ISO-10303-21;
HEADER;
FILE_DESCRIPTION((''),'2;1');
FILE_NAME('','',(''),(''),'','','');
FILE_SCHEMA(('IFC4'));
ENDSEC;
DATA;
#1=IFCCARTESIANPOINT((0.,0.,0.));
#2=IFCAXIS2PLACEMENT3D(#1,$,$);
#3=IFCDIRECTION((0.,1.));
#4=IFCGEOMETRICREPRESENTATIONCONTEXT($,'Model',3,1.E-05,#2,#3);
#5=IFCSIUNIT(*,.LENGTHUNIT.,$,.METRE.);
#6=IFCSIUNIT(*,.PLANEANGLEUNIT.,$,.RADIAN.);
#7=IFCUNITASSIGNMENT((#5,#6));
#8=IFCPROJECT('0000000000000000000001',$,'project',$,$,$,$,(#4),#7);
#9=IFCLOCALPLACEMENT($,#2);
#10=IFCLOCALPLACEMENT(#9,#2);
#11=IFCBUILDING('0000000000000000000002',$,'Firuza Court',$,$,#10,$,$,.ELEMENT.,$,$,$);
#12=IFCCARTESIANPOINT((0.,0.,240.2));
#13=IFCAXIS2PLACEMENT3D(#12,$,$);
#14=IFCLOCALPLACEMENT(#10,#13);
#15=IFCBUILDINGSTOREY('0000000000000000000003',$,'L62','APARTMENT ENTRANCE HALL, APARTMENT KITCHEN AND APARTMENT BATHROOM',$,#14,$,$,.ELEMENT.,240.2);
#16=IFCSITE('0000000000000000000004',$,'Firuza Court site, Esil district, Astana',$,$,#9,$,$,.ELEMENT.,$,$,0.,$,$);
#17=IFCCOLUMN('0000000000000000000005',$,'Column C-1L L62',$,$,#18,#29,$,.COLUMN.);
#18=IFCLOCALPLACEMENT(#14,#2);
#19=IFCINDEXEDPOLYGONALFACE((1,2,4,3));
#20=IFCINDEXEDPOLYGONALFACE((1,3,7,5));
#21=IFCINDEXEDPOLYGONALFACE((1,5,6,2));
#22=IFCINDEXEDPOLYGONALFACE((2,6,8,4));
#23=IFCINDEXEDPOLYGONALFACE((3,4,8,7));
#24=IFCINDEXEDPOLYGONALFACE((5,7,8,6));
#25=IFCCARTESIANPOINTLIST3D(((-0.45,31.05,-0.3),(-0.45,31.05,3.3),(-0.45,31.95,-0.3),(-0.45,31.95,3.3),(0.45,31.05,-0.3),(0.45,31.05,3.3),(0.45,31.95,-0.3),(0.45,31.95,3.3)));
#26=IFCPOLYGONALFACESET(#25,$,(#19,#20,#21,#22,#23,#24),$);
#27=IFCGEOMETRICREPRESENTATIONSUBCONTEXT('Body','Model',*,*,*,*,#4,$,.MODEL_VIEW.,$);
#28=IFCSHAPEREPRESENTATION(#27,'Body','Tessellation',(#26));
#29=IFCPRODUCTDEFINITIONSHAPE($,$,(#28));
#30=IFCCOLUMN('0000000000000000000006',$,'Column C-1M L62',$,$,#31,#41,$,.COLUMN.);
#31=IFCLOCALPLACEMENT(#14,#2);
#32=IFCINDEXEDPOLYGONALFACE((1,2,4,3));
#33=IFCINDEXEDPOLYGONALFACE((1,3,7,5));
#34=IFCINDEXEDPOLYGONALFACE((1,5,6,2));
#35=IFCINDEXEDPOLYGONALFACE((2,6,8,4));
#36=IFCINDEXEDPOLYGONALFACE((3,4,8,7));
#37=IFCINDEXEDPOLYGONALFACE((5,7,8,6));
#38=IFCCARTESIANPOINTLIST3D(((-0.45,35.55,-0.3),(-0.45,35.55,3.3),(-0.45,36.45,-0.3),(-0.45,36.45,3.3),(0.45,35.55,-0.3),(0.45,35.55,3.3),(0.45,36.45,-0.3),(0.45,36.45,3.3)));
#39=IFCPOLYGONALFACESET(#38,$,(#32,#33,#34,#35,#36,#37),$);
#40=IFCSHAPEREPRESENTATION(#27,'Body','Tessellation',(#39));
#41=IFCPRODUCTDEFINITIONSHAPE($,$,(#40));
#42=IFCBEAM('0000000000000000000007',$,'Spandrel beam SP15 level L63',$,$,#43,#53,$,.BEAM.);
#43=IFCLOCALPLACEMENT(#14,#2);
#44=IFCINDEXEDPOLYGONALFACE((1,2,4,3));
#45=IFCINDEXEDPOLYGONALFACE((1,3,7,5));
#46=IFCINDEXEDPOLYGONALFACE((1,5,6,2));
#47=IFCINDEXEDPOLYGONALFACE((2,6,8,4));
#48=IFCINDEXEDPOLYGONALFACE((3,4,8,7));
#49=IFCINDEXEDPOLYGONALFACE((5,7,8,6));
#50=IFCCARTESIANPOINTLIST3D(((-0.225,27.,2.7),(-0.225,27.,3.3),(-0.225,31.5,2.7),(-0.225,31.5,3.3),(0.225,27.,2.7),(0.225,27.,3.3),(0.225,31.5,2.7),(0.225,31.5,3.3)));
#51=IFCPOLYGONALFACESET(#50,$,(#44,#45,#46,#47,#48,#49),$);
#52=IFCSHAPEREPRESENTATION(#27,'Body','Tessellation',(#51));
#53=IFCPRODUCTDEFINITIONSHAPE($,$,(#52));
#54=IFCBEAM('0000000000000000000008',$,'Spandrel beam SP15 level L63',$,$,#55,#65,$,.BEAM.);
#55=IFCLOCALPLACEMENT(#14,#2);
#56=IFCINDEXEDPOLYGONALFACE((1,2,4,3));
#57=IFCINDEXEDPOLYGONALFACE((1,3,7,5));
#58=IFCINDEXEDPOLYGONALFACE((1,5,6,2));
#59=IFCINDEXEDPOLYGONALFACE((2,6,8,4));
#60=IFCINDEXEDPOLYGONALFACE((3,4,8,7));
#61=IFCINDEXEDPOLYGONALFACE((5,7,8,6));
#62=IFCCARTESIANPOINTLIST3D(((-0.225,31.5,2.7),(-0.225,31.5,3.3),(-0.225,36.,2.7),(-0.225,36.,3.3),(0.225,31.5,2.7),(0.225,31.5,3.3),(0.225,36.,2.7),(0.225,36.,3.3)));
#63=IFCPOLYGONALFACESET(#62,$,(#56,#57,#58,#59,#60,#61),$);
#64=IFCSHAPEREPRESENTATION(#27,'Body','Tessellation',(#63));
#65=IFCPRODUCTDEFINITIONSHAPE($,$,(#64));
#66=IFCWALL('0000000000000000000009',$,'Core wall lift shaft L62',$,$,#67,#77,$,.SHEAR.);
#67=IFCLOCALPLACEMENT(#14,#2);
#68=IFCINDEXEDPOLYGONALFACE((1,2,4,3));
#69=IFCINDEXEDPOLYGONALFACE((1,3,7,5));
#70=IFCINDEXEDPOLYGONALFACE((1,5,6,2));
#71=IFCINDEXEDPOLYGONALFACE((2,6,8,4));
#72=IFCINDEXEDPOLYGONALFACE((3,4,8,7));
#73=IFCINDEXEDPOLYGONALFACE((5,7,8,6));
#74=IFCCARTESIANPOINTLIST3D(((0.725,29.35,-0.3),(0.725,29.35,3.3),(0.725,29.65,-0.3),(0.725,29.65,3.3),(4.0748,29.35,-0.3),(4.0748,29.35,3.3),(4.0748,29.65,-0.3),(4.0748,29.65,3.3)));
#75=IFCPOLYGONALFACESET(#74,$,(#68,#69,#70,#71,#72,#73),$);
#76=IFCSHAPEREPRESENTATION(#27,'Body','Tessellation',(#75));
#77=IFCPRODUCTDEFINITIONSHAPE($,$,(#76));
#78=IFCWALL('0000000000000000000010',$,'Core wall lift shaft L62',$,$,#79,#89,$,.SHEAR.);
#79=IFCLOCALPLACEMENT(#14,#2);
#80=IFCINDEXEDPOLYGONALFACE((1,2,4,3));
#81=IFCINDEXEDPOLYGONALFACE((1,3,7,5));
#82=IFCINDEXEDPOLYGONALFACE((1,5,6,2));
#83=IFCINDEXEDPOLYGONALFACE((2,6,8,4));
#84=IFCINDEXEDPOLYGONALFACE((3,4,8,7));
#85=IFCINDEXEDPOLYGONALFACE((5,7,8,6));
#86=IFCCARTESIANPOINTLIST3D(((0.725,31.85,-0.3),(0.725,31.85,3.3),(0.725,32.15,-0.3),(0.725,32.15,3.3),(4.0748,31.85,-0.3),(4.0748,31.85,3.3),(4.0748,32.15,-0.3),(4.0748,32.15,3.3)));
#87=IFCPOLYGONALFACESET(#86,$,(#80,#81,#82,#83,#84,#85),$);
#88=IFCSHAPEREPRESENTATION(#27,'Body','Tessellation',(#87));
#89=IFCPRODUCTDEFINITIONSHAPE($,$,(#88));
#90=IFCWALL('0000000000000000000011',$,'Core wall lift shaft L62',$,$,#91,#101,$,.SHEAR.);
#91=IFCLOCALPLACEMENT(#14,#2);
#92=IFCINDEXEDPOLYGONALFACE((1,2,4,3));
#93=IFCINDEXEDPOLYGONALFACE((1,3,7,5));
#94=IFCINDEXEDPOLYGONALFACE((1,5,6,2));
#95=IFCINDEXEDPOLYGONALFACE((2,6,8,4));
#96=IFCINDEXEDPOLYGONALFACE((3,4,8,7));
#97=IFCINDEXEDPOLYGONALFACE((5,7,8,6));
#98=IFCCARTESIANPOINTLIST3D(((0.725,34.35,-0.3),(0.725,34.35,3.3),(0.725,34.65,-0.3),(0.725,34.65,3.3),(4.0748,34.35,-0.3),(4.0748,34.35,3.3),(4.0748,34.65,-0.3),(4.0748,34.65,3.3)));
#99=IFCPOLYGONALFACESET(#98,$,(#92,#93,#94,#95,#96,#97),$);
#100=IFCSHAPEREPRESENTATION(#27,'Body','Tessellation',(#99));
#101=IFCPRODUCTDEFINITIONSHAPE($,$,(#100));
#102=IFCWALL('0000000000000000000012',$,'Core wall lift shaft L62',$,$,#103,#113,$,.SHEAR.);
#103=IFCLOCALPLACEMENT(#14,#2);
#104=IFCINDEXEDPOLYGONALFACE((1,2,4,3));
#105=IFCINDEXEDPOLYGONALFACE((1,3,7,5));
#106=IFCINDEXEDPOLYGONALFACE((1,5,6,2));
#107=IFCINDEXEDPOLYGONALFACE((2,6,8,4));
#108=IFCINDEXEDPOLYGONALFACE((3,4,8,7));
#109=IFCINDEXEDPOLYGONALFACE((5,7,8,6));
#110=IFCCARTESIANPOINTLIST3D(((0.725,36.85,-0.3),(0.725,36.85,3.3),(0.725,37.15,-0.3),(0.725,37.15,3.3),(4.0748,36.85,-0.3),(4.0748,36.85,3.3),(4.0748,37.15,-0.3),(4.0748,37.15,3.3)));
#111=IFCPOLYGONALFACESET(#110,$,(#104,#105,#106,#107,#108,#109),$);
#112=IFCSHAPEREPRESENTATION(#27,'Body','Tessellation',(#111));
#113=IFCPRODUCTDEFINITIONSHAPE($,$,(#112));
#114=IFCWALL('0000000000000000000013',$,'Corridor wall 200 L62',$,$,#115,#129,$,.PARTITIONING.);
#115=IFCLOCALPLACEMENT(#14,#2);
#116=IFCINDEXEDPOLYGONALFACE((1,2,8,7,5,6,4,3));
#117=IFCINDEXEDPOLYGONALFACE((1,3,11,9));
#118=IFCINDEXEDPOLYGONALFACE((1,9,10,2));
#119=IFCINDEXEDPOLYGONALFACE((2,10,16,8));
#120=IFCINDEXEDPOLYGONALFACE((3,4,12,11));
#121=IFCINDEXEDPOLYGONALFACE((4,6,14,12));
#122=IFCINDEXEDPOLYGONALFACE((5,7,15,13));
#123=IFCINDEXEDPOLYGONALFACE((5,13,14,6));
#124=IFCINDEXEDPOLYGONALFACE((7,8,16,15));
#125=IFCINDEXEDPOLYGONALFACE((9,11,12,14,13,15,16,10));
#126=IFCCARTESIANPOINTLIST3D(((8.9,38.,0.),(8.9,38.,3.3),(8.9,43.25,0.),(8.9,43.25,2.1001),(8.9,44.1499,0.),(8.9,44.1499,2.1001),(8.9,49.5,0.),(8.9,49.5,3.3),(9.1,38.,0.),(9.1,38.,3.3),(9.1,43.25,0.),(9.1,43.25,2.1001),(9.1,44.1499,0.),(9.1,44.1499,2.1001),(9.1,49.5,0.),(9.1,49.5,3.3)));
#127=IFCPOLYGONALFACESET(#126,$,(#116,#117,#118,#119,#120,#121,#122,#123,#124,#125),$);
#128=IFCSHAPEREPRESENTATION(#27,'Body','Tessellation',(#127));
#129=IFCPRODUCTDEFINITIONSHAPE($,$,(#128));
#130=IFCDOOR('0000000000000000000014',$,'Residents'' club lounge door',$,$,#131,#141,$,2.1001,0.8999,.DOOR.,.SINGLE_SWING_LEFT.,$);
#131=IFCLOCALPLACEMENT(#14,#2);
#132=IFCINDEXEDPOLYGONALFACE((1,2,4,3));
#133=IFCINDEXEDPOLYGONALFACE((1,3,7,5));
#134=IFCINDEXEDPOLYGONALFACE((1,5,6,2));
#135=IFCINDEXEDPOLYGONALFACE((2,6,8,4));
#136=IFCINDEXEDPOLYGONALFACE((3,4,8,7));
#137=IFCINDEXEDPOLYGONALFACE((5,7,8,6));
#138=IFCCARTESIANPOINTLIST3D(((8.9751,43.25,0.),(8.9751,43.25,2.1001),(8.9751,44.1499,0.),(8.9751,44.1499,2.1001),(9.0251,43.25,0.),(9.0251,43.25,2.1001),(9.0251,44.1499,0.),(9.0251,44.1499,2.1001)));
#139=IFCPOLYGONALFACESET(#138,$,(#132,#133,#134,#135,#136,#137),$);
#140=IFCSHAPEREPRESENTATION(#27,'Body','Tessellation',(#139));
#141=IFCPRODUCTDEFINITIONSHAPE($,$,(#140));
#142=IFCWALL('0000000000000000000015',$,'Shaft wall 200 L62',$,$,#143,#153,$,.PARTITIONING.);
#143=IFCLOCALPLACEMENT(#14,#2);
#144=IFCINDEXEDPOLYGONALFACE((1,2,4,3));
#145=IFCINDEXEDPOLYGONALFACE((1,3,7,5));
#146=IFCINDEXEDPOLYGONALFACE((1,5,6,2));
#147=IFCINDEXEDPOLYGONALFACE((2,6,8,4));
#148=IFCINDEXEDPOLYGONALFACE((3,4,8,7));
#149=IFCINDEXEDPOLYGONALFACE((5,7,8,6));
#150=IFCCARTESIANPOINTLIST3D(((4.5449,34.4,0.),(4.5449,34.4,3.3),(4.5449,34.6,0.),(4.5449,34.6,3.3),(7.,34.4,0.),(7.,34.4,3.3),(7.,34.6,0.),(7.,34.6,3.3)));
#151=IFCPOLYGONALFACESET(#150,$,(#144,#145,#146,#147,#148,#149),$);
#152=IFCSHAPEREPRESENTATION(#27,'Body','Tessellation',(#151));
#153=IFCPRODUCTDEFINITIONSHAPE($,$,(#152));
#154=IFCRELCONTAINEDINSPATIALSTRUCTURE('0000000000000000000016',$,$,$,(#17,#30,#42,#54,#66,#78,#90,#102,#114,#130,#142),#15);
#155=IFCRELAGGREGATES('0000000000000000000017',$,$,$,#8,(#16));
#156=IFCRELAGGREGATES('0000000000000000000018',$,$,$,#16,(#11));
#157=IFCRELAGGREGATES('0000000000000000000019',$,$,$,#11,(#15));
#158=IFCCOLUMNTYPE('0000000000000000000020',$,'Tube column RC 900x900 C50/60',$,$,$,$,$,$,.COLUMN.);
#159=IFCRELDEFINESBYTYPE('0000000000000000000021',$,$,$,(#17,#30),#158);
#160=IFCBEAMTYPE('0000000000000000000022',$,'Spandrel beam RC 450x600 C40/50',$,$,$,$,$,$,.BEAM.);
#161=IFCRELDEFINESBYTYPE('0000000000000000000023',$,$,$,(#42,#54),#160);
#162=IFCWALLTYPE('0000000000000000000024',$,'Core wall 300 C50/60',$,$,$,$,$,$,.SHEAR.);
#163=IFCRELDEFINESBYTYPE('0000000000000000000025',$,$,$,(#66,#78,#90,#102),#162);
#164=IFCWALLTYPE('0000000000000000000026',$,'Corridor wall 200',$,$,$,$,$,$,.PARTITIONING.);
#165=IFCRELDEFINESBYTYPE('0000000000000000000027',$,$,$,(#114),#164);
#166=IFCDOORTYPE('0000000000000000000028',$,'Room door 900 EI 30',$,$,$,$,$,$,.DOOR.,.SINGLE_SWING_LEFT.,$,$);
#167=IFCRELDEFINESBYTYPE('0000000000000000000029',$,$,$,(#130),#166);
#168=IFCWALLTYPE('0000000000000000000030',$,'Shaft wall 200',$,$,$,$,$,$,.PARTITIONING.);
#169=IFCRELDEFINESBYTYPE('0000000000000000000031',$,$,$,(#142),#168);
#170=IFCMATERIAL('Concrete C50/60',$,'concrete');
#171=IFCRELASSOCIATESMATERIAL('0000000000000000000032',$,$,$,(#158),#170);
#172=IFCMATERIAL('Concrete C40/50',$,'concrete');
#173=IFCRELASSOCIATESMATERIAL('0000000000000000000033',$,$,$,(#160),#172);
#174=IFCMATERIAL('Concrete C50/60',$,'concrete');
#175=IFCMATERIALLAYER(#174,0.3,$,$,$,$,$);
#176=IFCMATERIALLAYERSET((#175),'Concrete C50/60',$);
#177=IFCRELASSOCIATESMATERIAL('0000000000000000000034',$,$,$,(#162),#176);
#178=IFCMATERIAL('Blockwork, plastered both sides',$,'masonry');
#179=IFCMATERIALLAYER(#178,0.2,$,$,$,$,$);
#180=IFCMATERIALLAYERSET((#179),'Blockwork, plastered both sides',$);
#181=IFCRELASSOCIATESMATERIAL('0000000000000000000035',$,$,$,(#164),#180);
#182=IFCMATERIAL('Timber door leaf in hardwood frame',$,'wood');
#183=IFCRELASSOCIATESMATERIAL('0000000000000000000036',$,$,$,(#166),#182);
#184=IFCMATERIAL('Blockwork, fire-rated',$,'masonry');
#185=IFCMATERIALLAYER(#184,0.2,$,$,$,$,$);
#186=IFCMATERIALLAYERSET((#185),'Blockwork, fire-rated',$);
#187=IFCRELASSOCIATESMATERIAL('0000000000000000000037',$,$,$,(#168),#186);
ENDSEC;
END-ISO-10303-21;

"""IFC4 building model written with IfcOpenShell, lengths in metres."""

from ifc_helpers import new_model, si_unit, direction, frame, frame_2d, origin, origin_2d, place, context, subcontext, project, spatial, rectangle, extrude, material, layer, layer_set, material_profile, profile_set, type_object, element, fill, save


model = new_model("IFC4")

# Units and contexts
model_context = context("Model", 3, precision=1e-05, world=origin(), true_north=direction((0.0, 1.0)))
body_context = subcontext(model_context, "Body", "Model", "MODEL_VIEW")
ifc_project = project(units=[si_unit("LENGTHUNIT", "METRE"), si_unit("PLANEANGLEUNIT", "RADIAN")], contexts=[model_context])

# Site, building, storey
site_placement = place(None, origin())
site = spatial("IfcSite", under=ifc_project, at=site_placement, Name="Firuza Court site, Esil district, Astana", CompositionType="ELEMENT", RefElevation=0.0)
building_placement = place(site_placement, origin())
building = spatial("IfcBuilding", under=site, at=building_placement, Name="Firuza Court", CompositionType="ELEMENT")
storey_placement = place(building_placement, frame((0.0, 0.0, 240.2)))
storey = spatial("IfcBuildingStorey", under=building, at=storey_placement, Name="L62", Description="APARTMENT ENTRANCE HALL, APARTMENT KITCHEN AND APARTMENT BATHROOM", CompositionType="ELEMENT", Elevation=240.2)

# Columns
ifc_material_1 = material(Name="Concrete C50/60", Category="concrete")
ifc_material_profile_1 = material_profile(ifc_material_1, rectangle(XDim=0.8999, YDim=0.8999, at=origin_2d()), Name="RC 900x900")
ifc_profile_set_1 = profile_set([ifc_material_profile_1], Name="Concrete C50/60")
column_type = type_object("IfcColumnType", Name="Tube column RC 900x900 C50/60", PredefinedType="COLUMN", material=ifc_profile_set_1)
for number, where, z_axis, x_axis, name in (
    (1, (0.0, 31.5, -0.3), (0.0, 0.0, 1.0), (1.0, 0.0, 0.0), "Column C-1L L62"),
    (2, (0.0, 36.0, -0.3), (0.0, 0.0, 1.0), (1.0, 0.0, 0.0), "Column C-1M L62"),
):
    element("IfcColumn", number, at=place(storey_placement, frame(where, z_axis=z_axis, x_axis=x_axis)), inside=storey, type_object=column_type, Name=name, PredefinedType="COLUMN", context=body_context, shape_type="SweptSolid", body=[
        extrude(rectangle(XDim=0.8999, YDim=0.8999, at=origin_2d()), origin(), (0.0, 0.0, 1.0), 3.6001),
    ])

# Beams
ifc_material_2 = material(Name="Concrete C40/50", Category="concrete")
ifc_material_profile_2 = material_profile(ifc_material_2, rectangle(XDim=0.45, YDim=0.6001, at=origin_2d()), Name="RC 450x600")
ifc_profile_set_2 = profile_set([ifc_material_profile_2], Name="Concrete C40/50")
beam_type = type_object("IfcBeamType", Name="Spandrel beam RC 450x600 C40/50", PredefinedType="BEAM", material=ifc_profile_set_2)
for number, where, z_axis, x_axis, name in (
    (3, (0.0, 31.5, 3.0), (0.0, -1.0, 0.0), (1.0, 0.0, 0.0), "Spandrel beam SP15 level L63"),
    (4, (0.0, 36.0, 3.0), (0.0, -1.0, 0.0), (1.0, 0.0, 0.0), "Spandrel beam SP15 level L63"),
):
    element("IfcBeam", number, at=place(storey_placement, frame(where, z_axis=z_axis, x_axis=x_axis)), inside=storey, type_object=beam_type, Name=name, PredefinedType="BEAM", context=body_context, shape_type="SweptSolid", body=[
        extrude(rectangle(XDim=0.45, YDim=0.6001, at=origin_2d()), origin(), (0.0, 0.0, 1.0), 4.5),
    ])

# Walls
ifc_material_3 = material(Name="Concrete C50/60", Category="concrete")
ifc_layer_1 = layer(ifc_material_3, 0.3)
ifc_layer_set_1 = layer_set([ifc_layer_1], Name="Concrete C50/60")
wall_type_1 = type_object("IfcWallType", Name="Core wall 300 C50/60", PredefinedType="SHEAR", material=ifc_layer_set_1)
for number, where, z_axis, x_axis, name in (
    (5, (0.7251, 29.5, -0.3), (0.0, 0.0, 1.0), (1.0, 0.0, 0.0), "Core wall lift shaft L62"),
    (6, (0.7251, 32.0, -0.3), (0.0, 0.0, 1.0), (1.0, 0.0, 0.0), "Core wall lift shaft L62"),
    (7, (0.7251, 34.5, -0.3), (0.0, 0.0, 1.0), (1.0, 0.0, 0.0), "Core wall lift shaft L62"),
    (8, (0.7251, 37.0, -0.3), (0.0, 0.0, 1.0), (1.0, 0.0, 0.0), "Core wall lift shaft L62"),
):
    element("IfcWall", number, at=place(storey_placement, frame(where, z_axis=z_axis, x_axis=x_axis)), inside=storey, type_object=wall_type_1, Name=name, PredefinedType="SHEAR", context=body_context, shape_type="SweptSolid", body=[
        extrude(rectangle(XDim=3.3499, YDim=0.3, at=frame_2d((1.6748, 0.0))), origin(), (0.0, 0.0, 1.0), 3.6001),
    ])

# Wall, opening, door
ifc_material_4 = material(Name="Blockwork, plastered both sides", Category="masonry")
ifc_layer_2 = layer(ifc_material_4, 0.2)
ifc_layer_set_2 = layer_set([ifc_layer_2], Name="Blockwork, plastered both sides")
wall_type_2 = type_object("IfcWallType", Name="Corridor wall 200", PredefinedType="PARTITIONING", material=ifc_layer_set_2)
wall_1_placement = place(storey_placement, frame((9.0, 38.0, 0.0), z_axis=(0.0, 0.0, 1.0), x_axis=(0.0, 1.0, 0.0)))
wall_1 = element("IfcWall", 9, at=wall_1_placement, inside=storey, type_object=wall_type_2, Name="Corridor wall 200 L62", PredefinedType="PARTITIONING", context=body_context, shape_type="SweptSolid", body=[
    extrude(rectangle(XDim=11.5, YDim=0.2, at=frame_2d((5.75, 0.0))), origin(), (0.0, 0.0, 1.0), 3.3),
])
opening_1_placement = place(wall_1_placement, frame((5.25, 0.0, 0.0)))
opening_1 = element("IfcOpeningElement", 10, at=opening_1_placement, cuts=wall_1, PredefinedType="OPENING", context=body_context, shape_type="SweptSolid", body=[
    extrude(rectangle(XDim=0.8999, YDim=2.1001, at=frame_2d((0.45, 1.05))), frame((0.0, 0.1118, 0.0), z_axis=(0.0, -1.0, 0.0), x_axis=(1.0, 0.0, 0.0)), (0.0, 0.0, 1.0), 0.2239),
])
ifc_material_5 = material(Name="Timber door leaf in hardwood frame", Category="wood")
door_type_1 = type_object("IfcDoorType", Name="Room door 900 EI 30", OperationType="SINGLE_SWING_LEFT", PredefinedType="DOOR", material=ifc_material_5)
door_1_placement = place(opening_1_placement, origin())
door_1 = element("IfcDoor", 11, at=door_1_placement, inside=storey, type_object=door_type_1, Name="Residents' club lounge door", OperationType="SINGLE_SWING_LEFT", OverallHeight=2.1001, OverallWidth=0.8999, PredefinedType="DOOR", context=body_context, shape_type="SweptSolid", body=[
    extrude(rectangle(XDim=0.8999, YDim=2.1001, at=frame_2d((0.45, 1.05))), frame((0.0, 0.0249, 0.0), z_axis=(0.0, -1.0, 0.0), x_axis=(1.0, 0.0, 0.0)), (0.0, 0.0, 1.0), 0.05),
])
fill(opening_1, door_1)

# Wall
ifc_material_6 = material(Name="Blockwork, fire-rated", Category="masonry")
ifc_layer_3 = layer(ifc_material_6, 0.2)
ifc_layer_set_3 = layer_set([ifc_layer_3], Name="Blockwork, fire-rated")
wall_type_3 = type_object("IfcWallType", Name="Shaft wall 200", PredefinedType="PARTITIONING", material=ifc_layer_set_3)
wall_2_placement = place(storey_placement, frame((4.5449, 34.5, 0.0), z_axis=(0.0, 0.0, 1.0), x_axis=(1.0, 0.0, 0.0)))
element("IfcWall", 12, at=wall_2_placement, inside=storey, type_object=wall_type_3, Name="Shaft wall 200 L62", PredefinedType="PARTITIONING", context=body_context, shape_type="SweptSolid", body=[
    extrude(rectangle(XDim=2.4551, YDim=0.2, at=frame_2d((1.2275, 0.0))), origin(), (0.0, 0.0, 1.0), 3.3),
])

save(model, "model.ifc")
